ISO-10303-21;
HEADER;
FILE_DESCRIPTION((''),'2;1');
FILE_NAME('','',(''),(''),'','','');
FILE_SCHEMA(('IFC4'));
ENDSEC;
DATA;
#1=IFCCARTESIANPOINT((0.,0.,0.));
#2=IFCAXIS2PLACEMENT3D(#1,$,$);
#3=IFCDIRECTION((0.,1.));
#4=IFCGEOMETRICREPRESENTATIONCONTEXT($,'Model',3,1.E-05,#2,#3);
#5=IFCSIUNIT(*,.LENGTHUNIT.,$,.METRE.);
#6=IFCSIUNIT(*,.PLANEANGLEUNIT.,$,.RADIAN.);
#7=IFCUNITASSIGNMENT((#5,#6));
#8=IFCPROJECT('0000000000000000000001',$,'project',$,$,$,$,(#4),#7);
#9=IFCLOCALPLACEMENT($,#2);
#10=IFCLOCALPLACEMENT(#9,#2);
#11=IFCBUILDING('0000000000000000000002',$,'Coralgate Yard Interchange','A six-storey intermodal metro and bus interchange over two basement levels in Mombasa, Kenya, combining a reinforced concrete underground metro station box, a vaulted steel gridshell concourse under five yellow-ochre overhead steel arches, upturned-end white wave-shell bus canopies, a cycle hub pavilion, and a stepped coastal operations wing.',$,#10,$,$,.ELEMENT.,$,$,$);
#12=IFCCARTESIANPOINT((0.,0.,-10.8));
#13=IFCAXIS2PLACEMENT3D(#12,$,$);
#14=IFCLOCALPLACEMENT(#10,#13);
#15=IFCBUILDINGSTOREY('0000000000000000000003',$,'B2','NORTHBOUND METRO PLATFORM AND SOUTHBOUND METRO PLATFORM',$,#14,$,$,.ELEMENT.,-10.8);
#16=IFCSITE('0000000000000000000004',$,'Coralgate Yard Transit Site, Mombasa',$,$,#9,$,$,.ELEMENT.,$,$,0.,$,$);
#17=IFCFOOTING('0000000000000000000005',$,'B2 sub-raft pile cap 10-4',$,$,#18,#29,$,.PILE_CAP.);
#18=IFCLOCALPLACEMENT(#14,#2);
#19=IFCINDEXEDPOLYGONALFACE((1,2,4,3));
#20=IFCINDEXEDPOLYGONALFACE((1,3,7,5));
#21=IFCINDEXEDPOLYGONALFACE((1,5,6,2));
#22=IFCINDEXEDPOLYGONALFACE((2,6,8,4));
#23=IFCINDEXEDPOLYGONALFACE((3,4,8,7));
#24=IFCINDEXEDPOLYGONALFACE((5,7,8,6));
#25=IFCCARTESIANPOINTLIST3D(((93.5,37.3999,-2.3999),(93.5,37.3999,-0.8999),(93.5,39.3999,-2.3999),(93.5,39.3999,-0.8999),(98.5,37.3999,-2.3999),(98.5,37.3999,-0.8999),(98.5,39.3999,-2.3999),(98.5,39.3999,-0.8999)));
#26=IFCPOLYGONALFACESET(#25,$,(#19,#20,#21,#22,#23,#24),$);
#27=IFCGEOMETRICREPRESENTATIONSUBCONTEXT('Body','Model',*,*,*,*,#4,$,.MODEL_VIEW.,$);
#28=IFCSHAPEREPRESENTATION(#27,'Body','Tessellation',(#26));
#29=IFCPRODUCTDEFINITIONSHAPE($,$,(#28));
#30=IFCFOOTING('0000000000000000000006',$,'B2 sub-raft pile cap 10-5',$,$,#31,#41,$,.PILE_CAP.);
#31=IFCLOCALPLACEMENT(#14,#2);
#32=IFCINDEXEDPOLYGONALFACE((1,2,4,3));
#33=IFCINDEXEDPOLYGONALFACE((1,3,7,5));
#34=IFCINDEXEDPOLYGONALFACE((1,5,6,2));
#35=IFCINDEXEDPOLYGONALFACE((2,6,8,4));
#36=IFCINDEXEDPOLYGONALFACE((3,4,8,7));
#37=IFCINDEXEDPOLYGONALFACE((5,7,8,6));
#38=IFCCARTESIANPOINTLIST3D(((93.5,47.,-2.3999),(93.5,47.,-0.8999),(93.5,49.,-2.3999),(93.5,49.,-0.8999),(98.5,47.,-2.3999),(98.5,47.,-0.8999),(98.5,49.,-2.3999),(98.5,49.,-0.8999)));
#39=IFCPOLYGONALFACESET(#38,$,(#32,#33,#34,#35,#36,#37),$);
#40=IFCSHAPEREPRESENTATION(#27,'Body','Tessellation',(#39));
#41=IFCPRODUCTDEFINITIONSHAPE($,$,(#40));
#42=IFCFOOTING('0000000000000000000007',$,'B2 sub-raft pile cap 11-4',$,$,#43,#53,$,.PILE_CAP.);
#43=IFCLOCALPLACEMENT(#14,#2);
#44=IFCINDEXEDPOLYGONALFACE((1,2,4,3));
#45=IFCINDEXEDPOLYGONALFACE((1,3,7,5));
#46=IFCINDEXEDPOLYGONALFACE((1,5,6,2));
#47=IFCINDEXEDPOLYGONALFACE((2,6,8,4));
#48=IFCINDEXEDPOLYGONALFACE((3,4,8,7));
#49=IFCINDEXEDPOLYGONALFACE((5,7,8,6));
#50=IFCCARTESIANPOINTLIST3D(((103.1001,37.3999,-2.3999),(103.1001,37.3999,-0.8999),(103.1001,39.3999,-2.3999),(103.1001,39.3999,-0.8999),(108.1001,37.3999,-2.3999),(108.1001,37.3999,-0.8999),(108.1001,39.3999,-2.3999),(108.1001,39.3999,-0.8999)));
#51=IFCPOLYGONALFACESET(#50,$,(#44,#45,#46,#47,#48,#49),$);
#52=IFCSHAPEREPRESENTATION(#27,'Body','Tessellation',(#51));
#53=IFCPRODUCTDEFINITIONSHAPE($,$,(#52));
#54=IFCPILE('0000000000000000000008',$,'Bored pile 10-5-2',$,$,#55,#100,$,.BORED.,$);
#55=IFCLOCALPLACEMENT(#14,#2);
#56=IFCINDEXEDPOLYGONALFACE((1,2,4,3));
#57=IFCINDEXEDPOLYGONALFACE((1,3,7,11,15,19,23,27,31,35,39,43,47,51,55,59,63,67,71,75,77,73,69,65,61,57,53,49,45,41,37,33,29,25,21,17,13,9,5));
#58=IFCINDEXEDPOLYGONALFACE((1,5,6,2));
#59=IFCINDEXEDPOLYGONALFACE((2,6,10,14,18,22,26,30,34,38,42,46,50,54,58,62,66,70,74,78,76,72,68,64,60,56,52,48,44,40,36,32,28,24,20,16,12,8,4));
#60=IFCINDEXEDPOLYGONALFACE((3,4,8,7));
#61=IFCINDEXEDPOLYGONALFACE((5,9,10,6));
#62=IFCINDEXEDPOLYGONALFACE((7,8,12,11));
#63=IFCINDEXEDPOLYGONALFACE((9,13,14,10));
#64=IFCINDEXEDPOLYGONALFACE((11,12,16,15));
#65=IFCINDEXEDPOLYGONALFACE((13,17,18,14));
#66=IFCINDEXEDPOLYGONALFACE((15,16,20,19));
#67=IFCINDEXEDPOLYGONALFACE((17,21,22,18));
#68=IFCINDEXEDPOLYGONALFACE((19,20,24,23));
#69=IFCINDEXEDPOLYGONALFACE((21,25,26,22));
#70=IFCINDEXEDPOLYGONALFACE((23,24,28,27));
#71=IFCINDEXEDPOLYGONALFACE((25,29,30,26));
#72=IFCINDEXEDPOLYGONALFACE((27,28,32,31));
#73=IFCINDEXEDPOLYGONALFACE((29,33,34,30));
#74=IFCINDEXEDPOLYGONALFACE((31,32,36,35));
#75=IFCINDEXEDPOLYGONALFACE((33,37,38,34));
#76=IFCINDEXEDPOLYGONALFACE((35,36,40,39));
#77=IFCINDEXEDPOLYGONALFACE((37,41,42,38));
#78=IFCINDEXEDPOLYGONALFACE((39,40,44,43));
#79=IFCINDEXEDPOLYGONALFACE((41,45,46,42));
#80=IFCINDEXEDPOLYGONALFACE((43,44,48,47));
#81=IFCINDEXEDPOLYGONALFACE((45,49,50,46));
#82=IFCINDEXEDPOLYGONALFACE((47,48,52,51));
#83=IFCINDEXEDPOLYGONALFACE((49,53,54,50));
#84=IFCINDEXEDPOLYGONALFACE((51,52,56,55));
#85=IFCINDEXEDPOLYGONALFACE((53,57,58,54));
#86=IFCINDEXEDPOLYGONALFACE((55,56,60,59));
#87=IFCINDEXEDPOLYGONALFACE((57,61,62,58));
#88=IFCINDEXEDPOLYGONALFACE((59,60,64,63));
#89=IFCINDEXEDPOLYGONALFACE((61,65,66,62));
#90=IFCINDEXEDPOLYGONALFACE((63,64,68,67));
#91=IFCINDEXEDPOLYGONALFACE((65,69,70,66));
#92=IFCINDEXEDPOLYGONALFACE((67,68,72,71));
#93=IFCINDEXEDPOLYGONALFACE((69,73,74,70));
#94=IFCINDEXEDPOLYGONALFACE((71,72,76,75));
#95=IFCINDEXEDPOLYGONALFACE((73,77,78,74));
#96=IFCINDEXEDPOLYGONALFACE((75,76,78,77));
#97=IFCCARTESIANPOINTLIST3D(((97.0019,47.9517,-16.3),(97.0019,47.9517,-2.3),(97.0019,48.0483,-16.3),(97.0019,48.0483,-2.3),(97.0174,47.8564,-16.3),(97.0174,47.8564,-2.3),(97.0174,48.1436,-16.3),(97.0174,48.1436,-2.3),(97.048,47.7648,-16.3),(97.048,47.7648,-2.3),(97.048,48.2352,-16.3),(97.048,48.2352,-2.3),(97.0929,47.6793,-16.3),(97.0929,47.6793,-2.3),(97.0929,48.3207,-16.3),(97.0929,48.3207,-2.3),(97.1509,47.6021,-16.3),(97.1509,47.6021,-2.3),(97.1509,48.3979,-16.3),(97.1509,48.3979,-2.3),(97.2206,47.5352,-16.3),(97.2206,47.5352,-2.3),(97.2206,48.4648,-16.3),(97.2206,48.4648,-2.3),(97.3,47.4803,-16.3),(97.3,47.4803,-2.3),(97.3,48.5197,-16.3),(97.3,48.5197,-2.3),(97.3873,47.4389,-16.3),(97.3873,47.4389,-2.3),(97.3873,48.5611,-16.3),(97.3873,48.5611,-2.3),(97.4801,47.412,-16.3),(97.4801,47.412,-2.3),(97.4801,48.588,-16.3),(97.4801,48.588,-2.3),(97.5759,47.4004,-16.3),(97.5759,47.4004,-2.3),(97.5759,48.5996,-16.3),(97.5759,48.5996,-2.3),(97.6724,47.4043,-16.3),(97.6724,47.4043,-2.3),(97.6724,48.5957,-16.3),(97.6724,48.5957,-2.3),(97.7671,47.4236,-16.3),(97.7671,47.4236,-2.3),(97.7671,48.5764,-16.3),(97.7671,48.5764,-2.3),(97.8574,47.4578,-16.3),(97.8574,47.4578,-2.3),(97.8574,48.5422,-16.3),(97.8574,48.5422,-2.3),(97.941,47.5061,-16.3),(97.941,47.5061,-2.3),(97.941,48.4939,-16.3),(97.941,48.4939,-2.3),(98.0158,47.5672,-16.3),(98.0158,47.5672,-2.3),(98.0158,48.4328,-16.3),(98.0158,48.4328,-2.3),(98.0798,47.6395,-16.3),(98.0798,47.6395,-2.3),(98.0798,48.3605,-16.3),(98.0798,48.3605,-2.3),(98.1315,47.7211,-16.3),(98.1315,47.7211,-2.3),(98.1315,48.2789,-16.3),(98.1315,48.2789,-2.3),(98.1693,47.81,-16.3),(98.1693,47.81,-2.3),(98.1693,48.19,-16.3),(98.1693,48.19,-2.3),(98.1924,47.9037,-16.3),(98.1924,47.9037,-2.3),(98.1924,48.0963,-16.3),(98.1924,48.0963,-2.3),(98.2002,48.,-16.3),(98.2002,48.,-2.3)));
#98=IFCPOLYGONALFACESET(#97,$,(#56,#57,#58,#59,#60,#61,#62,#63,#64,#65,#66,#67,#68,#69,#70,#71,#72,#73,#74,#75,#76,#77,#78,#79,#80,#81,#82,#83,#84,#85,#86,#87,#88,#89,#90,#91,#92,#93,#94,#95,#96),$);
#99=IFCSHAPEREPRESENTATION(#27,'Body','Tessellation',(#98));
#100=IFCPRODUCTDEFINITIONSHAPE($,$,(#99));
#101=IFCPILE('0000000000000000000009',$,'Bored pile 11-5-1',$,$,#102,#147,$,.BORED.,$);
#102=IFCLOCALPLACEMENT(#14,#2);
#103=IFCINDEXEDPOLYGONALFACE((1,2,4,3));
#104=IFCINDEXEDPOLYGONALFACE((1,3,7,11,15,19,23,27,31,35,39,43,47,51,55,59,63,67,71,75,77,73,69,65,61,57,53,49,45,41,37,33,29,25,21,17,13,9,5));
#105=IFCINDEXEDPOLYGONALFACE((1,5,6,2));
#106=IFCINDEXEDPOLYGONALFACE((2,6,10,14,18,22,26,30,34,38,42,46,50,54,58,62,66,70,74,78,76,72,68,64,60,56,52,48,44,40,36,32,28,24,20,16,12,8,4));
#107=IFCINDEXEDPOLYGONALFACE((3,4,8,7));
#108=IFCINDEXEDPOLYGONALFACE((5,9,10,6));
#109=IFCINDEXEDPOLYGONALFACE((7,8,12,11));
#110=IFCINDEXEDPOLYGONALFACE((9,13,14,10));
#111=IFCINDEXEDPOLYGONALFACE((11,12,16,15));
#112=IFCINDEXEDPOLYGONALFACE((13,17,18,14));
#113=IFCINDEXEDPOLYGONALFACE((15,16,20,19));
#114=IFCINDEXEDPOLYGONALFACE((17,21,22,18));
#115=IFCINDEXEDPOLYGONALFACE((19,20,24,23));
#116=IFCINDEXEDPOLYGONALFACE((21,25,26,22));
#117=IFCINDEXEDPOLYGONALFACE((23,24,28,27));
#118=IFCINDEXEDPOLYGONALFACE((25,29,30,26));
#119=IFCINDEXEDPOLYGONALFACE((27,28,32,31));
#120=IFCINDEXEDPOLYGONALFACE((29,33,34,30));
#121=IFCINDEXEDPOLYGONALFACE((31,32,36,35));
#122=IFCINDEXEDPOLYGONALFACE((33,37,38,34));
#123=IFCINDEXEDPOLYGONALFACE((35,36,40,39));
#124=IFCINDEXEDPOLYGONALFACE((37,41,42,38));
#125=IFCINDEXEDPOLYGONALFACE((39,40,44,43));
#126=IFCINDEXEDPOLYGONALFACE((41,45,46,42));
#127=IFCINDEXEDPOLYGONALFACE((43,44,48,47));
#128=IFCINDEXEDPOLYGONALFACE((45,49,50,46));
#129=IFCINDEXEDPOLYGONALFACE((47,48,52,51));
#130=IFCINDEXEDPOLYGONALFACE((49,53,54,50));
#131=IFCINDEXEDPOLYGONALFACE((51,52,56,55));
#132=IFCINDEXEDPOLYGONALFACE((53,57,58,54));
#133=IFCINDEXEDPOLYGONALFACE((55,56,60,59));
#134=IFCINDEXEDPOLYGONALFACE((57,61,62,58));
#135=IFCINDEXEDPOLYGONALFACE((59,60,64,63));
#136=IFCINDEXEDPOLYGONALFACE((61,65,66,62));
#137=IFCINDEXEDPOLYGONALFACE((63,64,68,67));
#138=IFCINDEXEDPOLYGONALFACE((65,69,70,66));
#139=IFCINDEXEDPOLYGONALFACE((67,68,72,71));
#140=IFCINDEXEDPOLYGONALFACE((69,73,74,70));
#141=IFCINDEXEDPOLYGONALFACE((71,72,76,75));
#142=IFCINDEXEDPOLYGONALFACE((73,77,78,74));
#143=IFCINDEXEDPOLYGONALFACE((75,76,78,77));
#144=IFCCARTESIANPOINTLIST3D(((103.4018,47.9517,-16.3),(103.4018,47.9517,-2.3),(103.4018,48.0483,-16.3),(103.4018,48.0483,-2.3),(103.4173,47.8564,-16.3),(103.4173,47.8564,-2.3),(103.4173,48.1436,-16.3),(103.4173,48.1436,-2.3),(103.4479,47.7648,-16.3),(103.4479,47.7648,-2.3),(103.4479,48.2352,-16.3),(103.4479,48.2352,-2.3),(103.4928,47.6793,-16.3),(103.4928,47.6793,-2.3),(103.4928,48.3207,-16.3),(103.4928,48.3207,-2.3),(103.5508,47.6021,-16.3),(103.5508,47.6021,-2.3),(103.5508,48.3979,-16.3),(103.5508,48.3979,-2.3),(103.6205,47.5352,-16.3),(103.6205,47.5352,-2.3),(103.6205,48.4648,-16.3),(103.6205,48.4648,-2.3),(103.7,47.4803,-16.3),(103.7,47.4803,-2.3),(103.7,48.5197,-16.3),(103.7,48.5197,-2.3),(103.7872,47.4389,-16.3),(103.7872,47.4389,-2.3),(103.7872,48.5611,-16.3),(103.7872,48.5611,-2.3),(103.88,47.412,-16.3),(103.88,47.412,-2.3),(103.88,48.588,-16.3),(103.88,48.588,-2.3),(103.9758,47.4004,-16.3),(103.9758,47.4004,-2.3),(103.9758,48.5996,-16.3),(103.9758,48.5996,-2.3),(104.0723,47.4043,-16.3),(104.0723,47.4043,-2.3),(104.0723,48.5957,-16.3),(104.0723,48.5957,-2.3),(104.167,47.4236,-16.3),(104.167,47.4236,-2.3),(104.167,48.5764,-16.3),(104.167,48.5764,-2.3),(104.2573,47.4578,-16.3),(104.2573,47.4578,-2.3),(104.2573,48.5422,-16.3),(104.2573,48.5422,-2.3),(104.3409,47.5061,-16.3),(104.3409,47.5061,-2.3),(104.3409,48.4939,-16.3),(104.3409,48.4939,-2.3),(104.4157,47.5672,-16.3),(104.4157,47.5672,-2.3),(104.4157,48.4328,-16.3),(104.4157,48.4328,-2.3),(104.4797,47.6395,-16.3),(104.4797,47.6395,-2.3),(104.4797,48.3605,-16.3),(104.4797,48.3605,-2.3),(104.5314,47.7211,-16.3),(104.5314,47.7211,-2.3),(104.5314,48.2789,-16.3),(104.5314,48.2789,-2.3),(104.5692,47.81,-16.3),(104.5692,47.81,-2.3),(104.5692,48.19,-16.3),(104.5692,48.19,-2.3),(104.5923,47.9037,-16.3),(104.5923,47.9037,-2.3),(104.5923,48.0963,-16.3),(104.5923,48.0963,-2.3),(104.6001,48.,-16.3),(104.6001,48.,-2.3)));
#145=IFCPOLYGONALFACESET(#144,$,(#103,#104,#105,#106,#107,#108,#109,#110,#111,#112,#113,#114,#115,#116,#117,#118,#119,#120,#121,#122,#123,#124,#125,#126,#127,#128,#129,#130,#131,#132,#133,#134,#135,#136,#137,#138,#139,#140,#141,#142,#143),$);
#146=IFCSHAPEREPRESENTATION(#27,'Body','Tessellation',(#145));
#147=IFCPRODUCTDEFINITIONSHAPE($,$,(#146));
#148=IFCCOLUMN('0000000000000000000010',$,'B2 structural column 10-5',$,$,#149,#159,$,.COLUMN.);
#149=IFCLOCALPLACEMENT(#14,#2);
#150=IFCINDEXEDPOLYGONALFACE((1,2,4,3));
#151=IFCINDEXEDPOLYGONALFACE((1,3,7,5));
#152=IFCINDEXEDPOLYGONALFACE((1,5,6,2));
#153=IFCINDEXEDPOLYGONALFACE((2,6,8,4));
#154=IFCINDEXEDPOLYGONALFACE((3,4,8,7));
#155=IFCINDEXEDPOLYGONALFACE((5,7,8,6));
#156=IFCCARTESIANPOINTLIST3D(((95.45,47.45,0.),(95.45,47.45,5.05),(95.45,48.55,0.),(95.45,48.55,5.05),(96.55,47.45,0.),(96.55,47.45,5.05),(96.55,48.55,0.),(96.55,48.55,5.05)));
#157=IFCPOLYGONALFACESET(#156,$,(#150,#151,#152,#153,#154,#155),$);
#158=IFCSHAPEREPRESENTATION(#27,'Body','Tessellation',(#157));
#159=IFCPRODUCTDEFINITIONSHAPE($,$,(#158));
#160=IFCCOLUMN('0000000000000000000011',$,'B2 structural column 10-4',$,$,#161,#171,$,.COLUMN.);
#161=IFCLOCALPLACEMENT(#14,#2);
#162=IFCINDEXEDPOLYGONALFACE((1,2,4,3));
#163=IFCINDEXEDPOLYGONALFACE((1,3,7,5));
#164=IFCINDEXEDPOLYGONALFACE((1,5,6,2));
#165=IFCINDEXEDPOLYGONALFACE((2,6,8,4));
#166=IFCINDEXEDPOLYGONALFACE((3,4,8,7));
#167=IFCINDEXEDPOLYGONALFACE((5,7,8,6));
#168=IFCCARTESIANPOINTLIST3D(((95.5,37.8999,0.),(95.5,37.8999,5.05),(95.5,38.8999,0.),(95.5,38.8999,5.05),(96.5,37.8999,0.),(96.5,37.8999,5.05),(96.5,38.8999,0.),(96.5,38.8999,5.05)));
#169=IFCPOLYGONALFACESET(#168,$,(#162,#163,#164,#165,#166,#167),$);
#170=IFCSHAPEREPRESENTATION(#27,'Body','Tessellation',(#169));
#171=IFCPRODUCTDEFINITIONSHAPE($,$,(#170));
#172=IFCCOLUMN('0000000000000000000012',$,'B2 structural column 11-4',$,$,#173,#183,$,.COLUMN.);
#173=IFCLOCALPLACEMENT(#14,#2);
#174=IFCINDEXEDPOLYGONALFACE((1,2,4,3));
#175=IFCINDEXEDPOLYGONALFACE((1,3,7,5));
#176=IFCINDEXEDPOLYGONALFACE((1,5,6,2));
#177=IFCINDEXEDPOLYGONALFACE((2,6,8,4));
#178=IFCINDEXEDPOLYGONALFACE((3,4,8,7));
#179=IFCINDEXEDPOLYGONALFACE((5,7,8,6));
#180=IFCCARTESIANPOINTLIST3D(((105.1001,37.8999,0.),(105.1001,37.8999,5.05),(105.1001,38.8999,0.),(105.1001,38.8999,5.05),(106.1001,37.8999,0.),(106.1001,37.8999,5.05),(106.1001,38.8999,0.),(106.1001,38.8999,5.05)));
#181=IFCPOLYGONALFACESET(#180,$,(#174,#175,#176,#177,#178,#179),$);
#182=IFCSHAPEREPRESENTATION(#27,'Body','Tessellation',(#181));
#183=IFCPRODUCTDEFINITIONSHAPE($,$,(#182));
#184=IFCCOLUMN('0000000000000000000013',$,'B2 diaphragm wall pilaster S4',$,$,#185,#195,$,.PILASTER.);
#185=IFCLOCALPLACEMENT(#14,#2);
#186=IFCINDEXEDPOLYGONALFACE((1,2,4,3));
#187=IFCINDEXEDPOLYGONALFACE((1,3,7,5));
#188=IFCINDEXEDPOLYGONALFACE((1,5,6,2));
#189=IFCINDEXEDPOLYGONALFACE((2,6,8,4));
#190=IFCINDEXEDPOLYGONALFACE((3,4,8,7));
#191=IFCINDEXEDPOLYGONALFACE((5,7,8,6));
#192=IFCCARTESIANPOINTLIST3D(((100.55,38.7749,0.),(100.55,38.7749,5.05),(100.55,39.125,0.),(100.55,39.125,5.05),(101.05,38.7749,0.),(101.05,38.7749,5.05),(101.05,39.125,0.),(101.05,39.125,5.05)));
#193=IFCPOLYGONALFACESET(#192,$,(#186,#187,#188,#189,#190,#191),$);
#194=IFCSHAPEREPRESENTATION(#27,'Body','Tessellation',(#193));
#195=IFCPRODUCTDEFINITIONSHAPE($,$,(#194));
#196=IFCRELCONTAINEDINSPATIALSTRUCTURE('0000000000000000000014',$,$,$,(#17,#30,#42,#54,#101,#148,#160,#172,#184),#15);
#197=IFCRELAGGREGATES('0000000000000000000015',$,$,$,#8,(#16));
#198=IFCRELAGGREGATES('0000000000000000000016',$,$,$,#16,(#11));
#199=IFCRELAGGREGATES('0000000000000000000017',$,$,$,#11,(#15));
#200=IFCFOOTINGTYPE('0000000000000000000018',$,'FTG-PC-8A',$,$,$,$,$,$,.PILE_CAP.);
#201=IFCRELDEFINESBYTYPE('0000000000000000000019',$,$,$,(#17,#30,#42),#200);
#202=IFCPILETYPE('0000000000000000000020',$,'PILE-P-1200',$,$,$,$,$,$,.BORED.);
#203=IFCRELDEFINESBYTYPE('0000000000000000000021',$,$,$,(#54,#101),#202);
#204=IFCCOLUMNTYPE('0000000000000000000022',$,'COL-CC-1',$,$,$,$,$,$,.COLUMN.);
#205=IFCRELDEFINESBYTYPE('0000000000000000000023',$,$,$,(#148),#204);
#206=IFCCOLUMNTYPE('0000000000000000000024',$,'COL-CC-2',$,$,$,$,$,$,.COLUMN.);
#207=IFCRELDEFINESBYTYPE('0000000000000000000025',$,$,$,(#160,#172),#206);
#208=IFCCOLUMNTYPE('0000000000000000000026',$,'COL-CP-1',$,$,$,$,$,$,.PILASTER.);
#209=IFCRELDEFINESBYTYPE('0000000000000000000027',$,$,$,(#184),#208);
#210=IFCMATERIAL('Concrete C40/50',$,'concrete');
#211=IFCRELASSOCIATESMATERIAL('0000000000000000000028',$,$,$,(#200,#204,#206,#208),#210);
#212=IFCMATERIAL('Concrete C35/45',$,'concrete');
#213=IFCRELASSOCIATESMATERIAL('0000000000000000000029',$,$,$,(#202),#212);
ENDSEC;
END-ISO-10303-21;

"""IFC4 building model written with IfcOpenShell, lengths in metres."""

from ifc_helpers import new_model, si_unit, direction, frame, origin, origin_2d, place, context, subcontext, project, spatial, rectangle, circle, extrude, material, material_profile, profile_set, type_object, element, save


model = new_model("IFC4")

# Units and contexts
model_context = context("Model", 3, precision=1e-05, world=origin(), true_north=direction((0.0, 1.0)))
body_context = subcontext(model_context, "Body", "Model", "MODEL_VIEW")
ifc_project = project(units=[si_unit("LENGTHUNIT", "METRE"), si_unit("PLANEANGLEUNIT", "RADIAN")], contexts=[model_context])

# Site, building, storey
site_placement = place(None, origin())
site = spatial("IfcSite", under=ifc_project, at=site_placement, Name="Coralgate Yard Transit Site, Mombasa", CompositionType="ELEMENT", RefElevation=0.0)
building_placement = place(site_placement, origin())
building = spatial("IfcBuilding", under=site, at=building_placement, Name="Coralgate Yard Interchange", Description="A six-storey intermodal metro and bus interchange over two basement levels in Mombasa, Kenya, combining a reinforced concrete underground metro station box, a vaulted steel gridshell concourse under five yellow-ochre overhead steel arches, upturned-end white wave-shell bus canopies, a cycle hub pavilion, and a stepped coastal operations wing.", CompositionType="ELEMENT")
storey_placement = place(building_placement, frame((0.0, 0.0, -10.8)))
storey = spatial("IfcBuildingStorey", under=building, at=storey_placement, Name="B2", Description="NORTHBOUND METRO PLATFORM AND SOUTHBOUND METRO PLATFORM", CompositionType="ELEMENT", Elevation=-10.8)

# Footings
ifc_material_1 = material(Name="Concrete C40/50", Category="concrete")
footing_type = type_object("IfcFootingType", Name="FTG-PC-8A", PredefinedType="PILE_CAP", material=ifc_material_1)
for number, where, z_axis, x_axis, name in (
    (1, (96.0, 38.3999, -2.3999), (0.0, 0.0, 1.0), (1.0, 0.0, 0.0), "B2 sub-raft pile cap 10-4"),
    (2, (96.0, 48.0, -2.3999), (0.0, 0.0, 1.0), (1.0, 0.0, 0.0), "B2 sub-raft pile cap 10-5"),
    (3, (105.6001, 38.3999, -2.3999), (0.0, 0.0, 1.0), (1.0, 0.0, 0.0), "B2 sub-raft pile cap 11-4"),
):
    element("IfcFooting", number, at=place(storey_placement, frame(where, z_axis=z_axis, x_axis=x_axis)), inside=storey, type_object=footing_type, Name=name, PredefinedType="PILE_CAP", context=body_context, shape_type="SweptSolid", body=[
        extrude(rectangle(XDim=5.0, YDim=2.0, at=origin_2d()), origin(), (0.0, 0.0, 1.0), 1.5),
    ])

# Piles
ifc_material_2 = material(Name="Concrete C35/45", Category="concrete")
ifc_material_profile_1 = material_profile(ifc_material_2, circle(Radius=0.6001, at=origin_2d()), Name="BORED PILE D1200")
ifc_profile_set_1 = profile_set([ifc_material_profile_1], Name="Concrete C35/45")
pile_type = type_object("IfcPileType", Name="PILE-P-1200", PredefinedType="BORED", material=ifc_profile_set_1)
for number, where, z_axis, x_axis, name in (
    (4, (97.6001, 48.0, -2.3), (0.0, 0.0, -1.0), (1.0, 0.0, 0.0), "Bored pile 10-5-2"),
    (5, (104.0, 48.0, -2.3), (0.0, 0.0, -1.0), (1.0, 0.0, 0.0), "Bored pile 11-5-1"),
):
    element("IfcPile", number, at=place(storey_placement, frame(where, z_axis=z_axis, x_axis=x_axis)), inside=storey, type_object=pile_type, Name=name, PredefinedType="BORED", context=body_context, shape_type="SweptSolid", body=[
        extrude(circle(Radius=0.6001, at=origin_2d()), origin(), (0.0, 0.0, 1.0), 14.0),
    ])

# Columns
ifc_material_profile_2 = material_profile(ifc_material_1, rectangle(XDim=1.1001, YDim=1.1001, at=origin_2d()), Name="RC 1100x1100")
ifc_profile_set_2 = profile_set([ifc_material_profile_2], Name="Concrete C40/50")
column_type_1 = type_object("IfcColumnType", Name="COL-CC-1", PredefinedType="COLUMN", material=ifc_profile_set_2)
column_1_placement = place(storey_placement, frame((96.0, 48.0, 0.0), z_axis=(0.0, 0.0, 1.0), x_axis=(1.0, 0.0, 0.0)))
element("IfcColumn", 6, at=column_1_placement, inside=storey, type_object=column_type_1, Name="B2 structural column 10-5", PredefinedType="COLUMN", context=body_context, shape_type="SweptSolid", body=[
    extrude(rectangle(XDim=1.1001, YDim=1.1001, at=origin_2d()), origin(), (0.0, 0.0, 1.0), 5.05),
])
ifc_material_profile_3 = material_profile(ifc_material_1, rectangle(XDim=1.0, YDim=1.0, at=origin_2d()), Name="RC 1000x1000")
ifc_profile_set_3 = profile_set([ifc_material_profile_3], Name="Concrete C40/50")
column_type_2 = type_object("IfcColumnType", Name="COL-CC-2", PredefinedType="COLUMN", material=ifc_profile_set_3)
for number, where, z_axis, x_axis, name in (
    (7, (96.0, 38.3999, 0.0), (0.0, 0.0, 1.0), (1.0, 0.0, 0.0), "B2 structural column 10-4"),
    (8, (105.6001, 38.3999, 0.0), (0.0, 0.0, 1.0), (1.0, 0.0, 0.0), "B2 structural column 11-4"),
):
    element("IfcColumn", number, at=place(storey_placement, frame(where, z_axis=z_axis, x_axis=x_axis)), inside=storey, type_object=column_type_2, Name=name, PredefinedType="COLUMN", context=body_context, shape_type="SweptSolid", body=[
        extrude(rectangle(XDim=1.0, YDim=1.0, at=origin_2d()), origin(), (0.0, 0.0, 1.0), 5.05),
    ])
ifc_material_profile_4 = material_profile(ifc_material_1, rectangle(XDim=0.5, YDim=0.3501, at=origin_2d()), Name="RC 500x350")
ifc_profile_set_4 = profile_set([ifc_material_profile_4], Name="Concrete C40/50")
column_type_3 = type_object("IfcColumnType", Name="COL-CP-1", PredefinedType="PILASTER", material=ifc_profile_set_4)
column_2_placement = place(storey_placement, frame((100.8, 38.95, 0.0), z_axis=(0.0, 0.0, 1.0), x_axis=(1.0, 0.0, 0.0)))
element("IfcColumn", 9, at=column_2_placement, inside=storey, type_object=column_type_3, Name="B2 diaphragm wall pilaster S4", PredefinedType="PILASTER", context=body_context, shape_type="SweptSolid", body=[
    extrude(rectangle(XDim=0.5, YDim=0.3501, at=origin_2d()), origin(), (0.0, 0.0, 1.0), 5.05),
])

save(model, "model.ifc")
